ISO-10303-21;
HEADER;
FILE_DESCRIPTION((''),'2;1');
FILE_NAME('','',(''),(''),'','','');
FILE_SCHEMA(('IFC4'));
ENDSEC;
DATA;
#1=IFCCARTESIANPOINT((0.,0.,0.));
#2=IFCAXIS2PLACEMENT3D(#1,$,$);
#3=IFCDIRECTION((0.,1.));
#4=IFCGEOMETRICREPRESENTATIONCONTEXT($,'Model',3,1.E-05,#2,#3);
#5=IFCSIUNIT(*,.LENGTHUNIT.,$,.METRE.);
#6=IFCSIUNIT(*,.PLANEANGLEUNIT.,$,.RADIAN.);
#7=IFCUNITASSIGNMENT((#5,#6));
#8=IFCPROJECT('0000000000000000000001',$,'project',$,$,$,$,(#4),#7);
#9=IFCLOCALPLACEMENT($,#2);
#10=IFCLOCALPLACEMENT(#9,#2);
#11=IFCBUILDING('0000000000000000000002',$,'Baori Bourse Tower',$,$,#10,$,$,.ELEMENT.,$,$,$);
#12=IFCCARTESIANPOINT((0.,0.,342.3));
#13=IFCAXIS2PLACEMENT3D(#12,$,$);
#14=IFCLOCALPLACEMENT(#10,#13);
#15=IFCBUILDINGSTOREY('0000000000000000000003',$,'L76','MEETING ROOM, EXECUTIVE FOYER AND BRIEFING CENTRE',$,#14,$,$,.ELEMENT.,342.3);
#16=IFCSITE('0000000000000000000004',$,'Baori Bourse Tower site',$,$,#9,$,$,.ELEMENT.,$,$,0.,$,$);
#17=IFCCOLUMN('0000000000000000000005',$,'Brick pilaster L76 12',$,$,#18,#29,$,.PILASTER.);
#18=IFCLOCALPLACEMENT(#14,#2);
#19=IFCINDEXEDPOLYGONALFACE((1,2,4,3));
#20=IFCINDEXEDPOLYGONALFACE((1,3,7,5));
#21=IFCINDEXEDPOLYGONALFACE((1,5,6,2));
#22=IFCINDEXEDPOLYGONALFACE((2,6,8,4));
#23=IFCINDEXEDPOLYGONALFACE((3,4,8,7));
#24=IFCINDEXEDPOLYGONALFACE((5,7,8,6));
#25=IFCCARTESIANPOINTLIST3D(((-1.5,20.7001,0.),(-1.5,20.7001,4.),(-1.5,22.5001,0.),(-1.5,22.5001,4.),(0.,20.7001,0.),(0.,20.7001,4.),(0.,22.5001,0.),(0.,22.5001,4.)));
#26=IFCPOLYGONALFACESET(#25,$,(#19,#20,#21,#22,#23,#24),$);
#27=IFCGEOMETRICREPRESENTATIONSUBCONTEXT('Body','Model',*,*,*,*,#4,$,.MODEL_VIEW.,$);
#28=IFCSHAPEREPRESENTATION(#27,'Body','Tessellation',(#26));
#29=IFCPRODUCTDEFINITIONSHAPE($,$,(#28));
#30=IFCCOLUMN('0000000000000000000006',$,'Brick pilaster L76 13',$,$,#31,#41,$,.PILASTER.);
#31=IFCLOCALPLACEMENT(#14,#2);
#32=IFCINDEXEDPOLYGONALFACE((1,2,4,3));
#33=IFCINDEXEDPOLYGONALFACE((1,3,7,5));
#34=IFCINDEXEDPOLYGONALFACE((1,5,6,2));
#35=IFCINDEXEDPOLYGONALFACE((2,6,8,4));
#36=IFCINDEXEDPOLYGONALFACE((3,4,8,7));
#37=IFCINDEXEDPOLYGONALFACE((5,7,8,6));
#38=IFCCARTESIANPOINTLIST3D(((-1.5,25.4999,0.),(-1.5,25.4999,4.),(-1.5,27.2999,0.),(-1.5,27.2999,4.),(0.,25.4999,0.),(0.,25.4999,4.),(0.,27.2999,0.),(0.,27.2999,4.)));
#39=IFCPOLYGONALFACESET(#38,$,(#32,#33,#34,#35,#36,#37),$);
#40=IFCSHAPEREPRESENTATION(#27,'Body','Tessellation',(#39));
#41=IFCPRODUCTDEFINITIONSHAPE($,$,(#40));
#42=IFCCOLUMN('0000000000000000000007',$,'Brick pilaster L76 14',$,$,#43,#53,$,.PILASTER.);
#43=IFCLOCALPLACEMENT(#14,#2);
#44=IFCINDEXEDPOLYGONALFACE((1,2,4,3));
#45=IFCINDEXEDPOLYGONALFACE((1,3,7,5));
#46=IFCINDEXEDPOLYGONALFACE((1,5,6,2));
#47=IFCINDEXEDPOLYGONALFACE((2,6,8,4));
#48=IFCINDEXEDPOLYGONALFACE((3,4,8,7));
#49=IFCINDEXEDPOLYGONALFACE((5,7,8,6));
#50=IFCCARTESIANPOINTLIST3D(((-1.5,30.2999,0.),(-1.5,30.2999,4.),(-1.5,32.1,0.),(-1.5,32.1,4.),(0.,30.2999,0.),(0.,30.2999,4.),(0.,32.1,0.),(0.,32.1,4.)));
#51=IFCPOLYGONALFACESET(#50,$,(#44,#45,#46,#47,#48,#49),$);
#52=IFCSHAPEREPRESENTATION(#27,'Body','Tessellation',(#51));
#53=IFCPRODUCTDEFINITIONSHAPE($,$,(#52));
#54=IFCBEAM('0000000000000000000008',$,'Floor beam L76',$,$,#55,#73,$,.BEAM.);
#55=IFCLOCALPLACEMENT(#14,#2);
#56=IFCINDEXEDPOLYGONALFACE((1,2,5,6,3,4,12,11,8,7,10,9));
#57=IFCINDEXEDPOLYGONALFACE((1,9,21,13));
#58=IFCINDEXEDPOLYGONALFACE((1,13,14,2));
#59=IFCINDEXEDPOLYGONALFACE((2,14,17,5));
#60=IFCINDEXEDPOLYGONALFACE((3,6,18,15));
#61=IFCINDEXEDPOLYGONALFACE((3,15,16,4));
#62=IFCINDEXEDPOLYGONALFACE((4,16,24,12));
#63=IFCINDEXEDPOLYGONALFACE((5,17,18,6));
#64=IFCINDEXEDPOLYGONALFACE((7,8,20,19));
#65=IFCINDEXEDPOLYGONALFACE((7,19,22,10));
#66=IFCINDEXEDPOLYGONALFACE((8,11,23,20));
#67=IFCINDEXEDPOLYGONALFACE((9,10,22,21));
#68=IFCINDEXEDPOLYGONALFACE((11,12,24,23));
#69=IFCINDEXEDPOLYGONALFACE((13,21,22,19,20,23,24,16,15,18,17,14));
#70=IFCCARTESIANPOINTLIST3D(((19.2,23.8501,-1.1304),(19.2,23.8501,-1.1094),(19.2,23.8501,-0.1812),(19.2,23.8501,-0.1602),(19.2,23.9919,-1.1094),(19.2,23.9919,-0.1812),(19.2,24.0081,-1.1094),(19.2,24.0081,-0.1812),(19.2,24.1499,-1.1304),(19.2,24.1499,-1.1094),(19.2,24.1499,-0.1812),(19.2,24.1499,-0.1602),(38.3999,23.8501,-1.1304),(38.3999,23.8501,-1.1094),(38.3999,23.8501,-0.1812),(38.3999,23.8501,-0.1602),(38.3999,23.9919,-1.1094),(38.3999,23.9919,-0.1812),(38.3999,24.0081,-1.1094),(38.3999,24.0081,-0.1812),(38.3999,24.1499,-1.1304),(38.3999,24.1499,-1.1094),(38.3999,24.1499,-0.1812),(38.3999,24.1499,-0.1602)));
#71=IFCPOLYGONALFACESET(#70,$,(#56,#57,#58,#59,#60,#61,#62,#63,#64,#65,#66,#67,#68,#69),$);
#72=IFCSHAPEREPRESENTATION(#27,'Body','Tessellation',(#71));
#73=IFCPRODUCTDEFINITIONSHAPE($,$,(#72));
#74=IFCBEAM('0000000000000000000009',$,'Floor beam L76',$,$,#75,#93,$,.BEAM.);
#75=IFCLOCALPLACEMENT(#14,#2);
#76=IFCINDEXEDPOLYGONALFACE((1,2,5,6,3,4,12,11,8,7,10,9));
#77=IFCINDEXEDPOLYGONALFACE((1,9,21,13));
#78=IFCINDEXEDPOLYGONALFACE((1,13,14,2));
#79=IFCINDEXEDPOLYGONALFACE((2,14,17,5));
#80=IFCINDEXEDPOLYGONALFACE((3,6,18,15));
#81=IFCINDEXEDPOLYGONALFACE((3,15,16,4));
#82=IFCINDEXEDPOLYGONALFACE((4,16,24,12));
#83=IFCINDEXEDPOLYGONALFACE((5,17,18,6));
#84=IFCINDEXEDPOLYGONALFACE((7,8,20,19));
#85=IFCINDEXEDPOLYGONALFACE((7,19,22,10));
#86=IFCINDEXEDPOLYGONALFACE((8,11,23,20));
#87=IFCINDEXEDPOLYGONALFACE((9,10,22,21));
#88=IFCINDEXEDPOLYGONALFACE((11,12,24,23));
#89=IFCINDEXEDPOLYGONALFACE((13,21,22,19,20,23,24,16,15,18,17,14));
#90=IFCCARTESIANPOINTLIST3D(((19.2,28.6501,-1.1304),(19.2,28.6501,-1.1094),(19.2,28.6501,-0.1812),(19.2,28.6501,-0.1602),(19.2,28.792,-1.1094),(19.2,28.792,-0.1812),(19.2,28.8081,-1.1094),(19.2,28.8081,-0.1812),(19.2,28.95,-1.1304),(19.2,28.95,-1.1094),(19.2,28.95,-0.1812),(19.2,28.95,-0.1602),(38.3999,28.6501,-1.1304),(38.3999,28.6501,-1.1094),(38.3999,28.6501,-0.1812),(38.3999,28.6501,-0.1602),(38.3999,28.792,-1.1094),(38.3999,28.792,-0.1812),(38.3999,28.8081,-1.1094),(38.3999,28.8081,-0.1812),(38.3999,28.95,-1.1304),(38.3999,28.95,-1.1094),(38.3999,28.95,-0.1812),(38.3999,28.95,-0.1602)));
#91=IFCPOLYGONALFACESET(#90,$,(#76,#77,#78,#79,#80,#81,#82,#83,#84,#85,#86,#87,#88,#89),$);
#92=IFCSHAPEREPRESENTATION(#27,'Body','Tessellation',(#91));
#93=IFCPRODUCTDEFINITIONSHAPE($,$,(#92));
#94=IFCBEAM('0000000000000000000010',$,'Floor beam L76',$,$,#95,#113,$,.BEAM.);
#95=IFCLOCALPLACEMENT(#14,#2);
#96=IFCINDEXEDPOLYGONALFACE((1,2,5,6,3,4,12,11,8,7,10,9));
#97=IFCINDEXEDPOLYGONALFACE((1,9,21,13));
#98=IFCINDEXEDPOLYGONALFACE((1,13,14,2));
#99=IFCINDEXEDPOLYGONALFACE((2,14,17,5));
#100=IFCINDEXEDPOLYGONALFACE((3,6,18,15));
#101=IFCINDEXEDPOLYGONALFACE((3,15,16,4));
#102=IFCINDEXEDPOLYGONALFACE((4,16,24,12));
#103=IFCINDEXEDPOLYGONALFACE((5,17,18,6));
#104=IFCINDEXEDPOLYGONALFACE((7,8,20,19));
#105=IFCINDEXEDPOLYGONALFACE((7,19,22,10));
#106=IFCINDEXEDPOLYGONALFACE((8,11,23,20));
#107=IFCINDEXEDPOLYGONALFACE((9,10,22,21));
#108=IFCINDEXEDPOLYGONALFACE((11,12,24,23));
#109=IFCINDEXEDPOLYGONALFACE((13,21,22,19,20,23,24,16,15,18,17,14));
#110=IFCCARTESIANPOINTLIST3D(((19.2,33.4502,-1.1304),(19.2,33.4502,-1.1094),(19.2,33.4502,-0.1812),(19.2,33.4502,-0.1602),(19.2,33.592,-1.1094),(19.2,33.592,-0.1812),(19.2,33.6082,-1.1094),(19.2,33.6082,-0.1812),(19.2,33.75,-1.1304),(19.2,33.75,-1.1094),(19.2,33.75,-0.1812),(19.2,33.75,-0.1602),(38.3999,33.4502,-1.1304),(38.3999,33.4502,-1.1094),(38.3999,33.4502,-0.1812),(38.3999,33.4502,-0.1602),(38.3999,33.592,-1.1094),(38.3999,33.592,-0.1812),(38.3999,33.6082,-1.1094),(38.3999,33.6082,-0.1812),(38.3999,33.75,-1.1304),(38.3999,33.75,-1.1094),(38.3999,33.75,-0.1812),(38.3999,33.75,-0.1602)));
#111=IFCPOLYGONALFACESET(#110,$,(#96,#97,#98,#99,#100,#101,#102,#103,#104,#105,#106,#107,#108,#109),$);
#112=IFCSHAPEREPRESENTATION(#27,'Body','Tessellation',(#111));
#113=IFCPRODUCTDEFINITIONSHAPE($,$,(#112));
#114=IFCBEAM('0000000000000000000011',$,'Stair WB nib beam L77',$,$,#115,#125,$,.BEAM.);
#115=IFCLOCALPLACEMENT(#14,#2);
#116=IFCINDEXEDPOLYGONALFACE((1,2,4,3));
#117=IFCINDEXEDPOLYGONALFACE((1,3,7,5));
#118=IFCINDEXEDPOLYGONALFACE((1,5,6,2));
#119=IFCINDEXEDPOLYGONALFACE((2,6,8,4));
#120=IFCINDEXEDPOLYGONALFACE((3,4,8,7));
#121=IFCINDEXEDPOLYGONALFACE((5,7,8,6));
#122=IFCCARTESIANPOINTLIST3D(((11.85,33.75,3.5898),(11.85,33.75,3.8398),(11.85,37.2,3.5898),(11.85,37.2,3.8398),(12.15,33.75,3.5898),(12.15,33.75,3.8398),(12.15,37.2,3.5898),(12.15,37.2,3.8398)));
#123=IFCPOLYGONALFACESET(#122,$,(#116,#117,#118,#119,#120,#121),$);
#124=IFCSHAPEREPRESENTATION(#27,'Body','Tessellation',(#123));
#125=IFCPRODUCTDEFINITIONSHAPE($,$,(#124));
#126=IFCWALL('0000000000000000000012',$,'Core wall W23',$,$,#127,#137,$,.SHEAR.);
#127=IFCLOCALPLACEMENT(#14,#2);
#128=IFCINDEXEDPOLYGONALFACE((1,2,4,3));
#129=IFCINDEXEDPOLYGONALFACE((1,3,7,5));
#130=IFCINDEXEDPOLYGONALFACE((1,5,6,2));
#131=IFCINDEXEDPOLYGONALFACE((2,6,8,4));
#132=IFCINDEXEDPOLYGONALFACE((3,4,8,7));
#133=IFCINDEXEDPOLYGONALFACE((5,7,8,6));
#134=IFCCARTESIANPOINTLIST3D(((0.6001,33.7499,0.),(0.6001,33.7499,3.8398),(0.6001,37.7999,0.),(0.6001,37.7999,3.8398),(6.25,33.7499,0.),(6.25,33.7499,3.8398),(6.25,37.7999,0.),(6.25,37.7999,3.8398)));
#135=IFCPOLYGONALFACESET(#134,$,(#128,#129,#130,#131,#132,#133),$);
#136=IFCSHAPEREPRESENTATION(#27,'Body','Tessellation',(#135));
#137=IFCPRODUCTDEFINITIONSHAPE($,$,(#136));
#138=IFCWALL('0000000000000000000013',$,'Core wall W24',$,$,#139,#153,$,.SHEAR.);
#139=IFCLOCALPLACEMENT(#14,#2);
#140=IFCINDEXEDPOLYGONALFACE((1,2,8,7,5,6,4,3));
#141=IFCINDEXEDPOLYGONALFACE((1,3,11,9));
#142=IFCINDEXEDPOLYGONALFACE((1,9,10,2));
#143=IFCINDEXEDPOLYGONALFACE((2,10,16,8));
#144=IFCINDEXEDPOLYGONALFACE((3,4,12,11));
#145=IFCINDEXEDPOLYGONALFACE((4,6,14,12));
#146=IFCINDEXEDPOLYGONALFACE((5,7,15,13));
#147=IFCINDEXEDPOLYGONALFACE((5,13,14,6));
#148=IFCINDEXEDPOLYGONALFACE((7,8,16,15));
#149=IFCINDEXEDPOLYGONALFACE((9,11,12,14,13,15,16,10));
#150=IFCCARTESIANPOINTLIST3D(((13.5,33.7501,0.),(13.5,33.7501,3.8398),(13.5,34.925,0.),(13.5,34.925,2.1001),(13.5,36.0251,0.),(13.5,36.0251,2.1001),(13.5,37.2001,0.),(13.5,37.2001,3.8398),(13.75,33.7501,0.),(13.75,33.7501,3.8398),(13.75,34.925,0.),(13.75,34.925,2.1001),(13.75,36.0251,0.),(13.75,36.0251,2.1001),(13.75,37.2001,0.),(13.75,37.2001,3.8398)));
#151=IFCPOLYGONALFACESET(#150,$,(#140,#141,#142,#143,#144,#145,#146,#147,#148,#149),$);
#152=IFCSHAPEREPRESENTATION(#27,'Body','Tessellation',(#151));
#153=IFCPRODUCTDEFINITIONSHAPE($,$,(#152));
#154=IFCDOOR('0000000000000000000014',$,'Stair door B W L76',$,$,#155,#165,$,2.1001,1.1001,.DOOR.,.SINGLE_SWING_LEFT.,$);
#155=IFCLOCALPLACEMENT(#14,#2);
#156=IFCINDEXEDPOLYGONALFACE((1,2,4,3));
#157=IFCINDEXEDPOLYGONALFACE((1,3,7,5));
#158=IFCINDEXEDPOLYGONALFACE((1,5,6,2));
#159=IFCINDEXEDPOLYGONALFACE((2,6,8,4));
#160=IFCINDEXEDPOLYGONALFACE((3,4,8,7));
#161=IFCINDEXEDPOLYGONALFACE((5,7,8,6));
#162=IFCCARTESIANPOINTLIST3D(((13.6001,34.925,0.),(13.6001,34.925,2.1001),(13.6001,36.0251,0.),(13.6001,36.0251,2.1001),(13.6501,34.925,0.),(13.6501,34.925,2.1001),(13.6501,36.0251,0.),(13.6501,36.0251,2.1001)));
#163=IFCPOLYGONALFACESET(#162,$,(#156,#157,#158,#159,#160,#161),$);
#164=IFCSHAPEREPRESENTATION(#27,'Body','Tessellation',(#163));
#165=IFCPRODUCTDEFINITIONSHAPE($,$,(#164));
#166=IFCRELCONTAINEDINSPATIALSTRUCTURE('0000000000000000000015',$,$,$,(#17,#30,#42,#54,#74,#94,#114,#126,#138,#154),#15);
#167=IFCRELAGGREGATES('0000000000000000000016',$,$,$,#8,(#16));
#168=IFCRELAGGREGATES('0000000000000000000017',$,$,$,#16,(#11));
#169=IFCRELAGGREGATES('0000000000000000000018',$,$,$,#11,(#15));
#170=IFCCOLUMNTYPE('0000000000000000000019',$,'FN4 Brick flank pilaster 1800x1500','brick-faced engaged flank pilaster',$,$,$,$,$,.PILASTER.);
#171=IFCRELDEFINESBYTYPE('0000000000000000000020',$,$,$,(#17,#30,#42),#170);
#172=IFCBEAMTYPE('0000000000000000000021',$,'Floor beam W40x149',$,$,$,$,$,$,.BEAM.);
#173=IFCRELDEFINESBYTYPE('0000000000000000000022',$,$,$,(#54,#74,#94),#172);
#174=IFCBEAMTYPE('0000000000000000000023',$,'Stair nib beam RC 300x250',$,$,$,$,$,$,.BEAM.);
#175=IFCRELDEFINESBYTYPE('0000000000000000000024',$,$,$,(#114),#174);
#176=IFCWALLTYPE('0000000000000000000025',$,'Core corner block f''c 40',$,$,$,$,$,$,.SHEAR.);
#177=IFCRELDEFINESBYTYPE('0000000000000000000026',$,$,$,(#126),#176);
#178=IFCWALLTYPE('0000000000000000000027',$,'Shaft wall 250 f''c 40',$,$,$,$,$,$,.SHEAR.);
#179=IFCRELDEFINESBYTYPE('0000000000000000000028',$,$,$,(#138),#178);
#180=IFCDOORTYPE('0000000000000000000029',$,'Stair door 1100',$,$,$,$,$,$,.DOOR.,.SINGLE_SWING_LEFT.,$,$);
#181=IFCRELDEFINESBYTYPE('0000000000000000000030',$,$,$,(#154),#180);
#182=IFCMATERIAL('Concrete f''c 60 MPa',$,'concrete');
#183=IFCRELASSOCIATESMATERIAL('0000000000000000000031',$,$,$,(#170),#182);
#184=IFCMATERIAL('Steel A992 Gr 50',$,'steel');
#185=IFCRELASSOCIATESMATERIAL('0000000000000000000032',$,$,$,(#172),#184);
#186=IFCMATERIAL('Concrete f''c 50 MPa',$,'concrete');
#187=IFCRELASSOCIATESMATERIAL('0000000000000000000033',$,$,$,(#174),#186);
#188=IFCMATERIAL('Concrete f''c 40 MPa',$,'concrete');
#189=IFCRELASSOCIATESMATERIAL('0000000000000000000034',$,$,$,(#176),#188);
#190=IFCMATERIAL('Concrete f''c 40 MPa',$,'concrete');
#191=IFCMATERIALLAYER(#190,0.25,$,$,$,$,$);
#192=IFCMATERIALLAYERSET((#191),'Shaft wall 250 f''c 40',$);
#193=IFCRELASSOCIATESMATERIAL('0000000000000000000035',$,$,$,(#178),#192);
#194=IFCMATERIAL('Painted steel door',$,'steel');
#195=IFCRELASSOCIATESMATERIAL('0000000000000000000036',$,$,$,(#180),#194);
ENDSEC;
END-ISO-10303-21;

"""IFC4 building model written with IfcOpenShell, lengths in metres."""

from ifc_helpers import new_model, si_unit, direction, frame, frame_2d, origin, origin_2d, place, context, subcontext, project, spatial, rectangle, i_section, extrude, material, layer, layer_set, material_profile, profile_set, type_object, element, fill, save


model = new_model("IFC4")

# Units and contexts
model_context = context("Model", 3, precision=1e-05, world=origin(), true_north=direction((0.0, 1.0)))
body_context = subcontext(model_context, "Body", "Model", "MODEL_VIEW")
ifc_project = project(units=[si_unit("LENGTHUNIT", "METRE"), si_unit("PLANEANGLEUNIT", "RADIAN")], contexts=[model_context])

# Site, building, storey
site_placement = place(None, origin())
site = spatial("IfcSite", under=ifc_project, at=site_placement, Name="Baori Bourse Tower site", CompositionType="ELEMENT", RefElevation=0.0)
building_placement = place(site_placement, origin())
building = spatial("IfcBuilding", under=site, at=building_placement, Name="Baori Bourse Tower", CompositionType="ELEMENT")
storey_placement = place(building_placement, frame((0.0, 0.0, 342.3)))
storey = spatial("IfcBuildingStorey", under=building, at=storey_placement, Name="L76", Description="MEETING ROOM, EXECUTIVE FOYER AND BRIEFING CENTRE", CompositionType="ELEMENT", Elevation=342.3)

# Columns
ifc_material_1 = material(Name="Concrete f'c 60 MPa", Category="concrete")
ifc_material_profile_1 = material_profile(ifc_material_1, rectangle(XDim=1.8, YDim=1.5, at=origin_2d()), Name="RC 1800x1500")
ifc_profile_set_1 = profile_set([ifc_material_profile_1], Name="Concrete f'c 60 MPa")
column_type = type_object("IfcColumnType", Name="FN4 Brick flank pilaster 1800x1500", Description="brick-faced engaged flank pilaster", PredefinedType="PILASTER", material=ifc_profile_set_1)
for number, where, z_axis, x_axis, name in (
    (1, (-0.75, 21.6001, 0.0), (0.0, 0.0, 1.0), (0.0, 1.0, 0.0), "Brick pilaster L76 12"),
    (2, (-0.75, 26.3999, 0.0), (0.0, 0.0, 1.0), (0.0, 1.0, 0.0), "Brick pilaster L76 13"),
    (3, (-0.75, 31.2, 0.0), (0.0, 0.0, 1.0), (0.0, 1.0, 0.0), "Brick pilaster L76 14"),
):
    element("IfcColumn", number, at=place(storey_placement, frame(where, z_axis=z_axis, x_axis=x_axis)), inside=storey, type_object=column_type, Name=name, PredefinedType="PILASTER", context=body_context, shape_type="SweptSolid", body=[
        extrude(rectangle(XDim=1.8, YDim=1.5, at=origin_2d()), origin(), (0.0, 0.0, 1.0), 4.0),
    ])

# Beams
ifc_material_2 = material(Name="Steel A992 Gr 50", Category="steel")
ifc_material_profile_2 = material_profile(ifc_material_2, i_section(OverallWidth=0.2998, OverallDepth=0.9702, WebThickness=0.0161, FlangeThickness=0.021, at=origin_2d()), Name="W40x149")
ifc_profile_set_2 = profile_set([ifc_material_profile_2], Name="Steel A992 Gr 50")
beam_type_1 = type_object("IfcBeamType", Name="Floor beam W40x149", PredefinedType="BEAM", material=ifc_profile_set_2)
for number, where, z_axis, x_axis, name in (
    (4, (19.2, 24.0, -0.6453), (1.0, 0.0, 0.0), (0.0, 1.0, 0.0), "Floor beam L76"),
    (5, (19.2, 28.8, -0.6453), (1.0, 0.0, 0.0), (0.0, 1.0, 0.0), "Floor beam L76"),
    (6, (19.2, 33.6001, -0.6453), (1.0, 0.0, 0.0), (0.0, 1.0, 0.0), "Floor beam L76"),
):
    element("IfcBeam", number, at=place(storey_placement, frame(where, z_axis=z_axis, x_axis=x_axis)), inside=storey, type_object=beam_type_1, Name=name, PredefinedType="BEAM", context=body_context, shape_type="SweptSolid", body=[
        extrude(i_section(OverallWidth=0.2998, OverallDepth=0.9702, WebThickness=0.0161, FlangeThickness=0.021, at=origin_2d()), origin(), (0.0, 0.0, 1.0), 19.2),
    ])
ifc_material_3 = material(Name="Concrete f'c 50 MPa", Category="concrete")
ifc_material_profile_3 = material_profile(ifc_material_3, rectangle(XDim=0.3, YDim=0.25, at=origin_2d()), Name="RC 300x250")
ifc_profile_set_3 = profile_set([ifc_material_profile_3], Name="Concrete f'c 50 MPa")
beam_type_2 = type_object("IfcBeamType", Name="Stair nib beam RC 300x250", PredefinedType="BEAM", material=ifc_profile_set_3)
beam_placement = place(storey_placement, frame((12.0, 33.75, 3.7148), z_axis=(0.0, 1.0, 0.0), x_axis=(-1.0, 0.0, 0.0)))
element("IfcBeam", 7, at=beam_placement, inside=storey, type_object=beam_type_2, Name="Stair WB nib beam L77", PredefinedType="BEAM", context=body_context, shape_type="SweptSolid", body=[
    extrude(rectangle(XDim=0.3, YDim=0.25, at=origin_2d()), origin(), (0.0, 0.0, 1.0), 3.45),
])

# Wall
ifc_material_4 = material(Name="Concrete f'c 40 MPa", Category="concrete")
wall_type_1 = type_object("IfcWallType", Name="Core corner block f'c 40", PredefinedType="SHEAR", material=ifc_material_4)
wall_1_placement = place(storey_placement, frame((0.6001, 35.7749, 0.0), z_axis=(0.0, 0.0, 1.0), x_axis=(1.0, 0.0, 0.0)))
element("IfcWall", 8, at=wall_1_placement, inside=storey, type_object=wall_type_1, Name="Core wall W23", PredefinedType="SHEAR", context=body_context, shape_type="SweptSolid", body=[
    extrude(rectangle(XDim=5.6499, YDim=4.05, at=frame_2d((2.825, 0.0))), origin(), (0.0, 0.0, 1.0), 3.8398),
])

# Wall, opening, door
ifc_material_5 = material(Name="Concrete f'c 40 MPa", Category="concrete")
ifc_layer_1 = layer(ifc_material_5, 0.25)
ifc_layer_set_1 = layer_set([ifc_layer_1], Name="Shaft wall 250 f'c 40")
wall_type_2 = type_object("IfcWallType", Name="Shaft wall 250 f'c 40", PredefinedType="SHEAR", material=ifc_layer_set_1)
wall_2_placement = place(storey_placement, frame((13.625, 33.75, 0.0), z_axis=(0.0, 0.0, 1.0), x_axis=(0.0, 1.0, 0.0)))
wall_2 = element("IfcWall", 9, at=wall_2_placement, inside=storey, type_object=wall_type_2, Name="Core wall W24", PredefinedType="SHEAR", context=body_context, shape_type="SweptSolid", body=[
    extrude(rectangle(XDim=3.45, YDim=0.25, at=frame_2d((1.7251, 0.0))), origin(), (0.0, 0.0, 1.0), 3.8398),
])
opening_1_placement = place(wall_2_placement, frame((1.175, 0.0, 0.0)))
opening_1 = element("IfcOpeningElement", 10, at=opening_1_placement, cuts=wall_2, PredefinedType="OPENING", context=body_context, shape_type="SweptSolid", body=[
    extrude(rectangle(XDim=1.1001, YDim=2.1001, at=frame_2d((0.55, 1.05))), frame((0.0, 0.135, 0.0), z_axis=(0.0, -1.0, 0.0), x_axis=(1.0, 0.0, 0.0)), (0.0, 0.0, 1.0), 0.27),
])
ifc_material_6 = material(Name="Painted steel door", Category="steel")
door_type_1 = type_object("IfcDoorType", Name="Stair door 1100", OperationType="SINGLE_SWING_LEFT", PredefinedType="DOOR", material=ifc_material_6)
door_1_placement = place(opening_1_placement, origin())
door_1 = element("IfcDoor", 11, at=door_1_placement, inside=storey, type_object=door_type_1, Name="Stair door B W L76", OperationType="SINGLE_SWING_LEFT", OverallHeight=2.1001, OverallWidth=1.1001, PredefinedType="DOOR", context=body_context, shape_type="SweptSolid", body=[
    extrude(rectangle(XDim=1.1001, YDim=2.1001, at=frame_2d((0.55, 1.05))), frame((0.0, 0.0249, 0.0), z_axis=(0.0, -1.0, 0.0), x_axis=(1.0, 0.0, 0.0)), (0.0, 0.0, 1.0), 0.05),
])
fill(opening_1, door_1)

save(model, "model.ifc")
